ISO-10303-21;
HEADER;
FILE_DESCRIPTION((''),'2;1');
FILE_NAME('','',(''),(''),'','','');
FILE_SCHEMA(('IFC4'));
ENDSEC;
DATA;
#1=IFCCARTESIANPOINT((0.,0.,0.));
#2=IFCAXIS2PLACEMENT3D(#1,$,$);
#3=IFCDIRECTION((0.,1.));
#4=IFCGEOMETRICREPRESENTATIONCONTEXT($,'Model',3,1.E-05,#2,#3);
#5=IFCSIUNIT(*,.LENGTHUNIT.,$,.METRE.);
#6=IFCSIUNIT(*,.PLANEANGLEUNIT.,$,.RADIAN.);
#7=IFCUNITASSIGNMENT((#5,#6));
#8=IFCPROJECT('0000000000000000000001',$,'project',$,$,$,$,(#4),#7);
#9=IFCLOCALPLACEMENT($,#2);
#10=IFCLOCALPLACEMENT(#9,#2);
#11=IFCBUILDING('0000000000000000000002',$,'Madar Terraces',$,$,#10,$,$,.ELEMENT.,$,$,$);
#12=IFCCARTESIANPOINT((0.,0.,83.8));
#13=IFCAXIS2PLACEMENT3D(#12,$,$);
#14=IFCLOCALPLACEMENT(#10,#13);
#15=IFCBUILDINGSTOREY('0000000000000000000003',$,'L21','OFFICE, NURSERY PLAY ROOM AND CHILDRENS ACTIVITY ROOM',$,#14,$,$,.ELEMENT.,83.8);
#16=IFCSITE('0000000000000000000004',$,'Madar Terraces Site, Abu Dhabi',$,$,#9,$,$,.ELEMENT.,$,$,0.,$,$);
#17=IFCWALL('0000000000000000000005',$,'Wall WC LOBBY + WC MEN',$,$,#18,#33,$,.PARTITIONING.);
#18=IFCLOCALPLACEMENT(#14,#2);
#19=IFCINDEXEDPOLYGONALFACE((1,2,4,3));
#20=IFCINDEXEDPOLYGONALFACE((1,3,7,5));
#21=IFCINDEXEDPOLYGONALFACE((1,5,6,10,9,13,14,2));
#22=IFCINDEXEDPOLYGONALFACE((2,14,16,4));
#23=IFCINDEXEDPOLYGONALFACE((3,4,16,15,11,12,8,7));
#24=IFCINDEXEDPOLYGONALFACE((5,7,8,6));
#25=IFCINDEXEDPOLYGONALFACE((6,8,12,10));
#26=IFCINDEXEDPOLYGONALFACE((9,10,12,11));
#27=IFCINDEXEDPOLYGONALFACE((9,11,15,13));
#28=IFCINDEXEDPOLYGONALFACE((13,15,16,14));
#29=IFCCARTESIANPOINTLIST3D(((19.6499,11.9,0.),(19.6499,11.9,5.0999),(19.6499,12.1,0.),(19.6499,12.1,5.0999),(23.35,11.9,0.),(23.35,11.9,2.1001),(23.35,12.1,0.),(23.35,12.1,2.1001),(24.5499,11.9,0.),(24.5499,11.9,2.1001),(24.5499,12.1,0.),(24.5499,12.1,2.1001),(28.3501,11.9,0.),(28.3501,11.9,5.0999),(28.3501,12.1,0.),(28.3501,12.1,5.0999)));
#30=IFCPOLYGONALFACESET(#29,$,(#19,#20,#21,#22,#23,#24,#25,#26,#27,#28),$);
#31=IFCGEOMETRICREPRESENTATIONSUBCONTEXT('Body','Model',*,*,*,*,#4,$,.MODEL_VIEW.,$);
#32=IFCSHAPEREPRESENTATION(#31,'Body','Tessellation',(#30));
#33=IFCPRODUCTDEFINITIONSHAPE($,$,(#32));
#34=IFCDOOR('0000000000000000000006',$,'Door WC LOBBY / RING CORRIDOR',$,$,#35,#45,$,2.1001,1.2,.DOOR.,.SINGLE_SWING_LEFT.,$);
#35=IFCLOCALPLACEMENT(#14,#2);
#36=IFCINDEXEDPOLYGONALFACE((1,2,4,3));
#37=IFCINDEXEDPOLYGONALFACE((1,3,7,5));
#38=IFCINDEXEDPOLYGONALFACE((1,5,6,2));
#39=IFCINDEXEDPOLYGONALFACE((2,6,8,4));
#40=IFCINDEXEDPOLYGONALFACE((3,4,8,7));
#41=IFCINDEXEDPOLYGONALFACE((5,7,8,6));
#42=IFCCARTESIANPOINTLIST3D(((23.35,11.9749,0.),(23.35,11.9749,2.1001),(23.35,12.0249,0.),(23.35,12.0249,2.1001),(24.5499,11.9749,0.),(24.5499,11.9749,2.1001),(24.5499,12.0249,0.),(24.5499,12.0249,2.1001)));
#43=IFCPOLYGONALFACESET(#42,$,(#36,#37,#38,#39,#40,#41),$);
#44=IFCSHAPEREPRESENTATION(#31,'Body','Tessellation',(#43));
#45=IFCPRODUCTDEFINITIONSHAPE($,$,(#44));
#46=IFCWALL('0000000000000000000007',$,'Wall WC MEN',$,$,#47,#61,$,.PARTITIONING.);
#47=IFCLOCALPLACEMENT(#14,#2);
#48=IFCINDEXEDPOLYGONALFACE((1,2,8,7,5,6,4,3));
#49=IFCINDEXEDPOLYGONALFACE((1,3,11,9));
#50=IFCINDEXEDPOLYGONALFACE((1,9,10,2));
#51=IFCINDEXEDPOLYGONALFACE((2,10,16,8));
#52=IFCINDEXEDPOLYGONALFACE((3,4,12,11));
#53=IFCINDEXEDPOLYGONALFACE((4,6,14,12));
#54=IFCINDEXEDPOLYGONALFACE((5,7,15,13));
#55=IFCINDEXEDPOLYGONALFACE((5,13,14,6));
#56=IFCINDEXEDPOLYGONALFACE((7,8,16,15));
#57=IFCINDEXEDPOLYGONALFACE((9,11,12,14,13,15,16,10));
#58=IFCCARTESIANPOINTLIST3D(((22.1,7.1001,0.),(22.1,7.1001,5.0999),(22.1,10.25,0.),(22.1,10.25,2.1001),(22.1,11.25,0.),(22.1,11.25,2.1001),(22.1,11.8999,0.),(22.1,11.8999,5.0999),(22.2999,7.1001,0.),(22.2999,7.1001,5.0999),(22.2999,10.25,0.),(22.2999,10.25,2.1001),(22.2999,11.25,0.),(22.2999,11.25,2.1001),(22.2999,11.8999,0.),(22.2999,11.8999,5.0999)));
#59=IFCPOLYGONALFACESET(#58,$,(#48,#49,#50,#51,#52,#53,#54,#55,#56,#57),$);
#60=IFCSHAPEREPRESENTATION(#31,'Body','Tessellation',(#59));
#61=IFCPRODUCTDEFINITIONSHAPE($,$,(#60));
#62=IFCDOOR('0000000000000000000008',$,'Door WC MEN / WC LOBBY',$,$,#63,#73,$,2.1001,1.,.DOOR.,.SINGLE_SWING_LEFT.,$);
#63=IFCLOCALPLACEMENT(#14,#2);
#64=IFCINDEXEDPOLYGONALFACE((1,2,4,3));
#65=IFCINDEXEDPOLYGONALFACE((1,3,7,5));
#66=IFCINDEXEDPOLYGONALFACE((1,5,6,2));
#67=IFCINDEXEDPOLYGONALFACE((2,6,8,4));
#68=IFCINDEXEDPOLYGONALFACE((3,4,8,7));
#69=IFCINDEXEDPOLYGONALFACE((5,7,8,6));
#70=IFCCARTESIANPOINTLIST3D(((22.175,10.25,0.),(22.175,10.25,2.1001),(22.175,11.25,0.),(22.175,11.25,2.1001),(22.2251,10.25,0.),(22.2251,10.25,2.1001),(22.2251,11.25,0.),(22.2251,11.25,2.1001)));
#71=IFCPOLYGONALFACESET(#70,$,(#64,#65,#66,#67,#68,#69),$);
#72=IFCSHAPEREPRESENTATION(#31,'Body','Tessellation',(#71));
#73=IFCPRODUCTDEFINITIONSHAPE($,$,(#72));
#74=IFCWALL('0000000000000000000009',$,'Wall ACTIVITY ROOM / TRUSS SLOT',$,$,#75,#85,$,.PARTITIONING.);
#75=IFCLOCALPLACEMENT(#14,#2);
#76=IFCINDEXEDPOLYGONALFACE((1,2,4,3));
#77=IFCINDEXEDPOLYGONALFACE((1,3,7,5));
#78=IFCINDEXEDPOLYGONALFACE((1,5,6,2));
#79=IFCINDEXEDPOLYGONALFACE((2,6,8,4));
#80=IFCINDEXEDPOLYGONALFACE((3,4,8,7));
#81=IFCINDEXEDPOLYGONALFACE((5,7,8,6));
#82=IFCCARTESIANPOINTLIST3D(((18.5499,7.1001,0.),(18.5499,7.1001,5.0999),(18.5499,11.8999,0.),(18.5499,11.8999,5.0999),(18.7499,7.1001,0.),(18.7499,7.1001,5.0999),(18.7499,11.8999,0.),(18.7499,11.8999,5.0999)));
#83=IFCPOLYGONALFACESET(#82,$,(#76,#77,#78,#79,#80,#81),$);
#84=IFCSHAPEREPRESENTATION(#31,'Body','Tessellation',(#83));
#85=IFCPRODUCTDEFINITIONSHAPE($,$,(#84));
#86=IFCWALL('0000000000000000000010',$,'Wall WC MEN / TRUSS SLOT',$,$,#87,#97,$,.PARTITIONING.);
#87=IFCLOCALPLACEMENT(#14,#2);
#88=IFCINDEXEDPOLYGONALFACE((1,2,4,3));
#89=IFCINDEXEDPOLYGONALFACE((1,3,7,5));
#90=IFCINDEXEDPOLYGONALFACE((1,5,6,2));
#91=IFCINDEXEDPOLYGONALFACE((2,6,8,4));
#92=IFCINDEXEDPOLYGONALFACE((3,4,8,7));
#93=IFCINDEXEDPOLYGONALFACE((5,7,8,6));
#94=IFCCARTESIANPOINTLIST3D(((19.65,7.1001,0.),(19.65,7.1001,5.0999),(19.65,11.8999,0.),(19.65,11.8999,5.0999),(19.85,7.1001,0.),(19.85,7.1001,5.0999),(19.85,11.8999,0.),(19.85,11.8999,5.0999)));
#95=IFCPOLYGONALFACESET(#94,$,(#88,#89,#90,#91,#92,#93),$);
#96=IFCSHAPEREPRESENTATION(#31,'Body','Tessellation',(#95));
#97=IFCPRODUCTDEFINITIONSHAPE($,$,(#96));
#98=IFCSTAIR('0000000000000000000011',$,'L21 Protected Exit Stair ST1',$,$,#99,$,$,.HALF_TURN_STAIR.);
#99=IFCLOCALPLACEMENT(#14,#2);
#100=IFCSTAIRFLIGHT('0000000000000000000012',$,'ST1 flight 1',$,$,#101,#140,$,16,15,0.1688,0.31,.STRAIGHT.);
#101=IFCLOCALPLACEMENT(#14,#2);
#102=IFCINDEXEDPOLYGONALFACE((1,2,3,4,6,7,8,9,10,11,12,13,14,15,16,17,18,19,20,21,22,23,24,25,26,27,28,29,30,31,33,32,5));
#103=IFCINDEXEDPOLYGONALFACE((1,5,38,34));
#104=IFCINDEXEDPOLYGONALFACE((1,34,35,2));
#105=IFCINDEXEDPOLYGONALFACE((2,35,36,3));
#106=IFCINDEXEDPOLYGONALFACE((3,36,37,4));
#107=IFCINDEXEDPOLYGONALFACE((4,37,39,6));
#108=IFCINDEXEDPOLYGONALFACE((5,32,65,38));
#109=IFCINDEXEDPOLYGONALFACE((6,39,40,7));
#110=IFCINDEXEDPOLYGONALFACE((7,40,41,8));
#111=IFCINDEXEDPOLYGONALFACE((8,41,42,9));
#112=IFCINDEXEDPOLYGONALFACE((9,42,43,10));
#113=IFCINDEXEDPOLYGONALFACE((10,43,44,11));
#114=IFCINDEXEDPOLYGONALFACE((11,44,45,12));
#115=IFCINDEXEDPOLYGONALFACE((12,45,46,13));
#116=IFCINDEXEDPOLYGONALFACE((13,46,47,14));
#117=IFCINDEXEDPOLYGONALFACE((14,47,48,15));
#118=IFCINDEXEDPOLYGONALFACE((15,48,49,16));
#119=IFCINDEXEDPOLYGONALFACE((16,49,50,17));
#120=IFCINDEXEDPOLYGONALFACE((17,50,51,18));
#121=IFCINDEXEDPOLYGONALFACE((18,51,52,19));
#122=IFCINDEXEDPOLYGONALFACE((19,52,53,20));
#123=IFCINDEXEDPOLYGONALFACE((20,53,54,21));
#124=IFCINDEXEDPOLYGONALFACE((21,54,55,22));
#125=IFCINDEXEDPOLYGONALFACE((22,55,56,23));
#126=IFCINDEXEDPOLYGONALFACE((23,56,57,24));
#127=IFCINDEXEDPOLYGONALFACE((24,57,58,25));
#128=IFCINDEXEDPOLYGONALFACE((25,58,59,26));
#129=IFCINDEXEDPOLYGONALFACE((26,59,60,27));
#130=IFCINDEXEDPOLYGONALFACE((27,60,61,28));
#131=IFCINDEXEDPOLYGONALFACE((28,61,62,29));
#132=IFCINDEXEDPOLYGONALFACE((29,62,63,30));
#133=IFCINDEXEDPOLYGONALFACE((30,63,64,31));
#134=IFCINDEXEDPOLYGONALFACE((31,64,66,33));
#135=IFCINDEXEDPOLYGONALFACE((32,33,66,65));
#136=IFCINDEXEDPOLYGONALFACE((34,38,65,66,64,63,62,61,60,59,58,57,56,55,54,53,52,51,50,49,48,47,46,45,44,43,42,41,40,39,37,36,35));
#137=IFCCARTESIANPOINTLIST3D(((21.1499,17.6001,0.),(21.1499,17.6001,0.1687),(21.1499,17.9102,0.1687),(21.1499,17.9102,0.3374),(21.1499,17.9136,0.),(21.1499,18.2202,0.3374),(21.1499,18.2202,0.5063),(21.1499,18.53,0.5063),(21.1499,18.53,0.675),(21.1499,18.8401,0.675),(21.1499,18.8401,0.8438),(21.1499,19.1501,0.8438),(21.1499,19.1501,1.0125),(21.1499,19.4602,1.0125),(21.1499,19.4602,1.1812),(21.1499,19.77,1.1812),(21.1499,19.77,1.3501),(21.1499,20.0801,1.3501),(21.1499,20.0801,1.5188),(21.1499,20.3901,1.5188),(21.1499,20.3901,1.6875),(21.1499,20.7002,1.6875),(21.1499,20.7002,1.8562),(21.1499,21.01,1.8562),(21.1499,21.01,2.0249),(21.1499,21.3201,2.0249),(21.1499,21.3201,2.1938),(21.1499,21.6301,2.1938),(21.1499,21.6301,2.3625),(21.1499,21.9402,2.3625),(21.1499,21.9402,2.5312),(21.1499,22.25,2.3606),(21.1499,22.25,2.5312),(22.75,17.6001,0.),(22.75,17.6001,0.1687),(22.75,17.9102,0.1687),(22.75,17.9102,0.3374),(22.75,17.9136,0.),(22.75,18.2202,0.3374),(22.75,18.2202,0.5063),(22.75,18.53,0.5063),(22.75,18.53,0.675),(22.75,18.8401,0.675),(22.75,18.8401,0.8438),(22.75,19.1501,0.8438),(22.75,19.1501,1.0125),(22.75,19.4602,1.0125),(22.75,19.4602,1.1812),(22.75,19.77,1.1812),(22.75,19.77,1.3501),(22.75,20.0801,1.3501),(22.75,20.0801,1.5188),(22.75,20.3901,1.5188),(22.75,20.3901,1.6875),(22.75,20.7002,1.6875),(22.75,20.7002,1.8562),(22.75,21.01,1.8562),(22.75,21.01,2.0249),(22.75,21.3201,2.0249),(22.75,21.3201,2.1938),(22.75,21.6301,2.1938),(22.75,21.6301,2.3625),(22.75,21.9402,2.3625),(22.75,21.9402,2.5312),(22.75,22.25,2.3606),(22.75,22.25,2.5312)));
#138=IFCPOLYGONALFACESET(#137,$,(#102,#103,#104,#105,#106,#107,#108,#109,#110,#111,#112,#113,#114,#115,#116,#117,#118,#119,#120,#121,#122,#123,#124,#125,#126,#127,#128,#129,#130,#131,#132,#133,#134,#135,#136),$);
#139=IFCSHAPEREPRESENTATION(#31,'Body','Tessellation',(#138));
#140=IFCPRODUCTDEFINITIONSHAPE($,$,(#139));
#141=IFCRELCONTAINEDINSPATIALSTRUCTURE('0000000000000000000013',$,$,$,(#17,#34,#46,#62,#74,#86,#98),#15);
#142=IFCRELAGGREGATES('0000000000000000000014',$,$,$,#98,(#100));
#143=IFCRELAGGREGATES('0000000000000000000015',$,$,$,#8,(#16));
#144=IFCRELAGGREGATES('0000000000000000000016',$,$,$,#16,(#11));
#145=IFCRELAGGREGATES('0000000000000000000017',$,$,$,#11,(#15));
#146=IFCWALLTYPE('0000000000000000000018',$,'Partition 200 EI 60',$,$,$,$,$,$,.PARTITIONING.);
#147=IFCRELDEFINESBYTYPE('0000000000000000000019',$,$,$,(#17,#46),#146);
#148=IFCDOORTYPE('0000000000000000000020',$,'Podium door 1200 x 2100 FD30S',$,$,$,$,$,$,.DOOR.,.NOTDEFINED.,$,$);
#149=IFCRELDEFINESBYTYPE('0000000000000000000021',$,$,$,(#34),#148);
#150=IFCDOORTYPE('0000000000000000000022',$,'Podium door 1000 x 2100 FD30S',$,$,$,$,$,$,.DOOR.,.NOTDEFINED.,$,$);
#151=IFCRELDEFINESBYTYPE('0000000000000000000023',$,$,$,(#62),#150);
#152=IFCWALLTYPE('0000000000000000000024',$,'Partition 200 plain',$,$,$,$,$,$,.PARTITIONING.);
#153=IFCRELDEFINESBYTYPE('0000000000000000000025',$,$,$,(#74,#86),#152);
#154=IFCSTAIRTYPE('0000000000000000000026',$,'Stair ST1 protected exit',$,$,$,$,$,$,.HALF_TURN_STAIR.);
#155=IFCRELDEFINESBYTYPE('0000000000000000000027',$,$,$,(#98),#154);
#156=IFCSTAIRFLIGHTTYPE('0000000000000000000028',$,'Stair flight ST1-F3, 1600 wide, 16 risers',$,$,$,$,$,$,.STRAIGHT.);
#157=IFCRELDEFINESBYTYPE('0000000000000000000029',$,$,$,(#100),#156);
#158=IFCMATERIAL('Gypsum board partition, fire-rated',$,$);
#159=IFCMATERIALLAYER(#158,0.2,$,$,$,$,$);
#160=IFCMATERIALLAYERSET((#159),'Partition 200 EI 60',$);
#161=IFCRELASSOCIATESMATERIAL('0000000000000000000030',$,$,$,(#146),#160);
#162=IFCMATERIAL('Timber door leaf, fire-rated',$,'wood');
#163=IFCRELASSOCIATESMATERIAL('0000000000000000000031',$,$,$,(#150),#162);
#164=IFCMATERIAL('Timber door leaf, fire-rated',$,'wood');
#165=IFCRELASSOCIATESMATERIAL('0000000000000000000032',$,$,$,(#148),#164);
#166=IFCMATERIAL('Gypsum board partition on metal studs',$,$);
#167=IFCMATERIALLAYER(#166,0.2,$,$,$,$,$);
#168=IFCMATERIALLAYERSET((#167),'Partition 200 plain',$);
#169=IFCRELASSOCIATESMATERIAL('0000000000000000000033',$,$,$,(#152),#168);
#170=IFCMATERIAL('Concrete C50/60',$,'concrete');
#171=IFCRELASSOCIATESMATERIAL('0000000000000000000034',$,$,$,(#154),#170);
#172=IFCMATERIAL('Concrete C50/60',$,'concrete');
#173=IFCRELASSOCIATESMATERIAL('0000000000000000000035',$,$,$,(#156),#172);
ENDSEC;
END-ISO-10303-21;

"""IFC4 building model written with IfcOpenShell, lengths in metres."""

from ifc_helpers import new_model, si_unit, direction, frame, frame_2d, origin, place, context, subcontext, project, spatial, polyline, rectangle, outline, extrude, material, layer, layer_set, type_object, element, fill, aggregate, save


model = new_model("IFC4")

# Units and contexts
model_context = context("Model", 3, precision=1e-05, world=origin(), true_north=direction((0.0, 1.0)))
body_context = subcontext(model_context, "Body", "Model", "MODEL_VIEW")
ifc_project = project(units=[si_unit("LENGTHUNIT", "METRE"), si_unit("PLANEANGLEUNIT", "RADIAN")], contexts=[model_context])

# Site, building, storey
site_placement = place(None, origin())
site = spatial("IfcSite", under=ifc_project, at=site_placement, Name="Madar Terraces Site, Abu Dhabi", CompositionType="ELEMENT", RefElevation=0.0)
building_placement = place(site_placement, origin())
building = spatial("IfcBuilding", under=site, at=building_placement, Name="Madar Terraces", CompositionType="ELEMENT")
storey_placement = place(building_placement, frame((0.0, 0.0, 83.8)))
storey = spatial("IfcBuildingStorey", under=building, at=storey_placement, Name="L21", Description="OFFICE, NURSERY PLAY ROOM AND CHILDRENS ACTIVITY ROOM", CompositionType="ELEMENT", Elevation=83.8)

# Walls, openings, doors
ifc_material_1 = material(Name="Gypsum board partition, fire-rated")
ifc_layer_1 = layer(ifc_material_1, 0.2)
ifc_layer_set_1 = layer_set([ifc_layer_1], Name="Partition 200 EI 60")
wall_type_1 = type_object("IfcWallType", Name="Partition 200 EI 60", PredefinedType="PARTITIONING", material=ifc_layer_set_1)
ifc_material_2 = material(Name="Timber door leaf, fire-rated", Category="wood")
door_type_1 = type_object("IfcDoorType", Name="Podium door 1000 x 2100 FD30S", OperationType="NOTDEFINED", PredefinedType="DOOR", material=ifc_material_2)
wall_1_placement = place(storey_placement, frame((19.6499, 12.0, 0.0), z_axis=(0.0, 0.0, 1.0), x_axis=(1.0, 0.0, 0.0)))
wall_1 = element("IfcWall", 1, at=wall_1_placement, inside=storey, type_object=wall_type_1, Name="Wall WC LOBBY + WC MEN", PredefinedType="PARTITIONING", context=body_context, shape_type="SweptSolid", body=[
    extrude(rectangle(XDim=8.7002, YDim=0.2, at=frame_2d((4.3501, 0.0))), origin(), (0.0, 0.0, 1.0), 5.0999),
])
opening_1_placement = place(wall_1_placement, frame((3.7, 0.0, 0.0)))
opening_1 = element("IfcOpeningElement", 2, at=opening_1_placement, cuts=wall_1, PredefinedType="OPENING", context=body_context, shape_type="SweptSolid", body=[
    extrude(rectangle(XDim=1.2, YDim=2.1001, at=frame_2d((0.6001, 1.05))), frame((0.0, 0.1099, 0.0), z_axis=(0.0, -1.0, 0.0), x_axis=(1.0, 0.0, 0.0)), (0.0, 0.0, 1.0), 0.22),
])
ifc_material_3 = material(Name="Timber door leaf, fire-rated", Category="wood")
door_type_2 = type_object("IfcDoorType", Name="Podium door 1200 x 2100 FD30S", OperationType="NOTDEFINED", PredefinedType="DOOR", material=ifc_material_3)
door_1_placement = place(opening_1_placement, origin())
door_1 = element("IfcDoor", 3, at=door_1_placement, inside=storey, type_object=door_type_2, Name="Door WC LOBBY / RING CORRIDOR", OperationType="SINGLE_SWING_LEFT", OverallHeight=2.1001, OverallWidth=1.2, PredefinedType="DOOR", context=body_context, shape_type="SweptSolid", body=[
    extrude(rectangle(XDim=1.2, YDim=2.1001, at=frame_2d((0.6001, 1.05))), frame((0.0, 0.0249, 0.0), z_axis=(0.0, -1.0, 0.0), x_axis=(1.0, 0.0, 0.0)), (0.0, 0.0, 1.0), 0.05),
])
fill(opening_1, door_1)
wall_2_placement = place(storey_placement, frame((22.2, 7.1001, 0.0), z_axis=(0.0, 0.0, 1.0), x_axis=(0.0, 1.0, 0.0)))
wall_2 = element("IfcWall", 4, at=wall_2_placement, inside=storey, type_object=wall_type_1, Name="Wall WC MEN", PredefinedType="PARTITIONING", context=body_context, shape_type="SweptSolid", body=[
    extrude(rectangle(XDim=4.7998, YDim=0.2, at=frame_2d((2.3999, 0.0))), origin(), (0.0, 0.0, 1.0), 5.0999),
])
opening_2_placement = place(wall_2_placement, frame((3.1499, 0.0, 0.0)))
opening_2 = element("IfcOpeningElement", 5, at=opening_2_placement, cuts=wall_2, PredefinedType="OPENING", context=body_context, shape_type="SweptSolid", body=[
    extrude(rectangle(XDim=1.0, YDim=2.1001, at=frame_2d((0.5, 1.05))), frame((0.0, 0.1099, 0.0), z_axis=(0.0, -1.0, 0.0), x_axis=(1.0, 0.0, 0.0)), (0.0, 0.0, 1.0), 0.22),
])
door_2_placement = place(opening_2_placement, origin())
door_2 = element("IfcDoor", 6, at=door_2_placement, inside=storey, type_object=door_type_1, Name="Door WC MEN / WC LOBBY", OperationType="SINGLE_SWING_LEFT", OverallHeight=2.1001, OverallWidth=1.0, PredefinedType="DOOR", context=body_context, shape_type="SweptSolid", body=[
    extrude(rectangle(XDim=1.0, YDim=2.1001, at=frame_2d((0.5, 1.05))), frame((0.0, 0.0249, 0.0), z_axis=(0.0, -1.0, 0.0), x_axis=(1.0, 0.0, 0.0)), (0.0, 0.0, 1.0), 0.05),
])
fill(opening_2, door_2)

# Walls
ifc_material_4 = material(Name="Gypsum board partition on metal studs")
ifc_layer_2 = layer(ifc_material_4, 0.2)
ifc_layer_set_2 = layer_set([ifc_layer_2], Name="Partition 200 plain")
wall_type_2 = type_object("IfcWallType", Name="Partition 200 plain", PredefinedType="PARTITIONING", material=ifc_layer_set_2)
for number, where, z_axis, x_axis, name in (
    (7, (18.6499, 7.1001, 0.0), (0.0, 0.0, 1.0), (0.0, 1.0, 0.0), "Wall ACTIVITY ROOM / TRUSS SLOT"),
    (8, (19.75, 7.1001, 0.0), (0.0, 0.0, 1.0), (0.0, 1.0, 0.0), "Wall WC MEN / TRUSS SLOT"),
):
    element("IfcWall", number, at=place(storey_placement, frame(where, z_axis=z_axis, x_axis=x_axis)), inside=storey, type_object=wall_type_2, Name=name, PredefinedType="PARTITIONING", context=body_context, shape_type="SweptSolid", body=[
        extrude(rectangle(XDim=4.7998, YDim=0.2, at=frame_2d((2.3999, 0.0))), origin(), (0.0, 0.0, 1.0), 5.0999),
    ])

# Stair, stair flight
ifc_material_5 = material(Name="Concrete C50/60", Category="concrete")
stair_type = type_object("IfcStairType", Name="Stair ST1 protected exit", PredefinedType="HALF_TURN_STAIR", material=ifc_material_5)
stair_placement = place(storey_placement, origin())
stair = element("IfcStair", 9, at=stair_placement, inside=storey, type_object=stair_type, Name="L21 Protected Exit Stair ST1", PredefinedType="HALF_TURN_STAIR")
ifc_material_6 = material(Name="Concrete C50/60", Category="concrete")
stair_flight_type = type_object("IfcStairFlightType", Name="Stair flight ST1-F3, 1600 wide, 16 risers", PredefinedType="STRAIGHT", material=ifc_material_6)
stair_flight_placement = place(storey_placement, frame((21.95, 17.6001, 0.0), z_axis=(0.0, 0.0, 1.0), x_axis=(0.0, 1.0, 0.0)))
stair_flight = element("IfcStairFlight", 10, at=stair_flight_placement, type_object=stair_flight_type, Name="ST1 flight 1", NumberOfRisers=16, NumberOfTreads=15, PredefinedType="STRAIGHT", RiserHeight=0.1688, TreadLength=0.31, context=body_context, shape_type="SweptSolid", body=[
    extrude(outline(polyline([(0.0, 0.0), (0.0, 0.1687), (0.3101, 0.1687), (0.3101, 0.3374), (0.6201, 0.3374), (0.6201, 0.5063), (0.9299, 0.5063), (0.9299, 0.675), (1.24, 0.675), (1.24, 0.8438), (1.55, 0.8438), (1.55, 1.0125), (1.8601, 1.0125), (1.8601, 1.1812), (2.1699, 1.1812), (2.1699, 1.3501), (2.48, 1.3501), (2.48, 1.5188), (2.79, 1.5188), (2.79, 1.6875), (3.1001, 1.6875), (3.1001, 1.8562), (3.4099, 1.8562), (3.4099, 2.0249), (3.72, 2.0249), (3.72, 2.1938), (4.03, 2.1938), (4.03, 2.3625), (4.3401, 2.3625), (4.3401, 2.5312), (4.6499, 2.5312), (4.6499, 2.7), (4.6499, 2.3606), (0.3135, 0.0), (0.0, 0.0)])), frame((0.0, 0.8, 0.0), z_axis=(0.0, -1.0, 0.0), x_axis=(1.0, 0.0, 0.0)), (0.0, 0.0, 1.0), 1.6001),
])
aggregate(stair, [stair_flight])

save(model, "model.ifc")
